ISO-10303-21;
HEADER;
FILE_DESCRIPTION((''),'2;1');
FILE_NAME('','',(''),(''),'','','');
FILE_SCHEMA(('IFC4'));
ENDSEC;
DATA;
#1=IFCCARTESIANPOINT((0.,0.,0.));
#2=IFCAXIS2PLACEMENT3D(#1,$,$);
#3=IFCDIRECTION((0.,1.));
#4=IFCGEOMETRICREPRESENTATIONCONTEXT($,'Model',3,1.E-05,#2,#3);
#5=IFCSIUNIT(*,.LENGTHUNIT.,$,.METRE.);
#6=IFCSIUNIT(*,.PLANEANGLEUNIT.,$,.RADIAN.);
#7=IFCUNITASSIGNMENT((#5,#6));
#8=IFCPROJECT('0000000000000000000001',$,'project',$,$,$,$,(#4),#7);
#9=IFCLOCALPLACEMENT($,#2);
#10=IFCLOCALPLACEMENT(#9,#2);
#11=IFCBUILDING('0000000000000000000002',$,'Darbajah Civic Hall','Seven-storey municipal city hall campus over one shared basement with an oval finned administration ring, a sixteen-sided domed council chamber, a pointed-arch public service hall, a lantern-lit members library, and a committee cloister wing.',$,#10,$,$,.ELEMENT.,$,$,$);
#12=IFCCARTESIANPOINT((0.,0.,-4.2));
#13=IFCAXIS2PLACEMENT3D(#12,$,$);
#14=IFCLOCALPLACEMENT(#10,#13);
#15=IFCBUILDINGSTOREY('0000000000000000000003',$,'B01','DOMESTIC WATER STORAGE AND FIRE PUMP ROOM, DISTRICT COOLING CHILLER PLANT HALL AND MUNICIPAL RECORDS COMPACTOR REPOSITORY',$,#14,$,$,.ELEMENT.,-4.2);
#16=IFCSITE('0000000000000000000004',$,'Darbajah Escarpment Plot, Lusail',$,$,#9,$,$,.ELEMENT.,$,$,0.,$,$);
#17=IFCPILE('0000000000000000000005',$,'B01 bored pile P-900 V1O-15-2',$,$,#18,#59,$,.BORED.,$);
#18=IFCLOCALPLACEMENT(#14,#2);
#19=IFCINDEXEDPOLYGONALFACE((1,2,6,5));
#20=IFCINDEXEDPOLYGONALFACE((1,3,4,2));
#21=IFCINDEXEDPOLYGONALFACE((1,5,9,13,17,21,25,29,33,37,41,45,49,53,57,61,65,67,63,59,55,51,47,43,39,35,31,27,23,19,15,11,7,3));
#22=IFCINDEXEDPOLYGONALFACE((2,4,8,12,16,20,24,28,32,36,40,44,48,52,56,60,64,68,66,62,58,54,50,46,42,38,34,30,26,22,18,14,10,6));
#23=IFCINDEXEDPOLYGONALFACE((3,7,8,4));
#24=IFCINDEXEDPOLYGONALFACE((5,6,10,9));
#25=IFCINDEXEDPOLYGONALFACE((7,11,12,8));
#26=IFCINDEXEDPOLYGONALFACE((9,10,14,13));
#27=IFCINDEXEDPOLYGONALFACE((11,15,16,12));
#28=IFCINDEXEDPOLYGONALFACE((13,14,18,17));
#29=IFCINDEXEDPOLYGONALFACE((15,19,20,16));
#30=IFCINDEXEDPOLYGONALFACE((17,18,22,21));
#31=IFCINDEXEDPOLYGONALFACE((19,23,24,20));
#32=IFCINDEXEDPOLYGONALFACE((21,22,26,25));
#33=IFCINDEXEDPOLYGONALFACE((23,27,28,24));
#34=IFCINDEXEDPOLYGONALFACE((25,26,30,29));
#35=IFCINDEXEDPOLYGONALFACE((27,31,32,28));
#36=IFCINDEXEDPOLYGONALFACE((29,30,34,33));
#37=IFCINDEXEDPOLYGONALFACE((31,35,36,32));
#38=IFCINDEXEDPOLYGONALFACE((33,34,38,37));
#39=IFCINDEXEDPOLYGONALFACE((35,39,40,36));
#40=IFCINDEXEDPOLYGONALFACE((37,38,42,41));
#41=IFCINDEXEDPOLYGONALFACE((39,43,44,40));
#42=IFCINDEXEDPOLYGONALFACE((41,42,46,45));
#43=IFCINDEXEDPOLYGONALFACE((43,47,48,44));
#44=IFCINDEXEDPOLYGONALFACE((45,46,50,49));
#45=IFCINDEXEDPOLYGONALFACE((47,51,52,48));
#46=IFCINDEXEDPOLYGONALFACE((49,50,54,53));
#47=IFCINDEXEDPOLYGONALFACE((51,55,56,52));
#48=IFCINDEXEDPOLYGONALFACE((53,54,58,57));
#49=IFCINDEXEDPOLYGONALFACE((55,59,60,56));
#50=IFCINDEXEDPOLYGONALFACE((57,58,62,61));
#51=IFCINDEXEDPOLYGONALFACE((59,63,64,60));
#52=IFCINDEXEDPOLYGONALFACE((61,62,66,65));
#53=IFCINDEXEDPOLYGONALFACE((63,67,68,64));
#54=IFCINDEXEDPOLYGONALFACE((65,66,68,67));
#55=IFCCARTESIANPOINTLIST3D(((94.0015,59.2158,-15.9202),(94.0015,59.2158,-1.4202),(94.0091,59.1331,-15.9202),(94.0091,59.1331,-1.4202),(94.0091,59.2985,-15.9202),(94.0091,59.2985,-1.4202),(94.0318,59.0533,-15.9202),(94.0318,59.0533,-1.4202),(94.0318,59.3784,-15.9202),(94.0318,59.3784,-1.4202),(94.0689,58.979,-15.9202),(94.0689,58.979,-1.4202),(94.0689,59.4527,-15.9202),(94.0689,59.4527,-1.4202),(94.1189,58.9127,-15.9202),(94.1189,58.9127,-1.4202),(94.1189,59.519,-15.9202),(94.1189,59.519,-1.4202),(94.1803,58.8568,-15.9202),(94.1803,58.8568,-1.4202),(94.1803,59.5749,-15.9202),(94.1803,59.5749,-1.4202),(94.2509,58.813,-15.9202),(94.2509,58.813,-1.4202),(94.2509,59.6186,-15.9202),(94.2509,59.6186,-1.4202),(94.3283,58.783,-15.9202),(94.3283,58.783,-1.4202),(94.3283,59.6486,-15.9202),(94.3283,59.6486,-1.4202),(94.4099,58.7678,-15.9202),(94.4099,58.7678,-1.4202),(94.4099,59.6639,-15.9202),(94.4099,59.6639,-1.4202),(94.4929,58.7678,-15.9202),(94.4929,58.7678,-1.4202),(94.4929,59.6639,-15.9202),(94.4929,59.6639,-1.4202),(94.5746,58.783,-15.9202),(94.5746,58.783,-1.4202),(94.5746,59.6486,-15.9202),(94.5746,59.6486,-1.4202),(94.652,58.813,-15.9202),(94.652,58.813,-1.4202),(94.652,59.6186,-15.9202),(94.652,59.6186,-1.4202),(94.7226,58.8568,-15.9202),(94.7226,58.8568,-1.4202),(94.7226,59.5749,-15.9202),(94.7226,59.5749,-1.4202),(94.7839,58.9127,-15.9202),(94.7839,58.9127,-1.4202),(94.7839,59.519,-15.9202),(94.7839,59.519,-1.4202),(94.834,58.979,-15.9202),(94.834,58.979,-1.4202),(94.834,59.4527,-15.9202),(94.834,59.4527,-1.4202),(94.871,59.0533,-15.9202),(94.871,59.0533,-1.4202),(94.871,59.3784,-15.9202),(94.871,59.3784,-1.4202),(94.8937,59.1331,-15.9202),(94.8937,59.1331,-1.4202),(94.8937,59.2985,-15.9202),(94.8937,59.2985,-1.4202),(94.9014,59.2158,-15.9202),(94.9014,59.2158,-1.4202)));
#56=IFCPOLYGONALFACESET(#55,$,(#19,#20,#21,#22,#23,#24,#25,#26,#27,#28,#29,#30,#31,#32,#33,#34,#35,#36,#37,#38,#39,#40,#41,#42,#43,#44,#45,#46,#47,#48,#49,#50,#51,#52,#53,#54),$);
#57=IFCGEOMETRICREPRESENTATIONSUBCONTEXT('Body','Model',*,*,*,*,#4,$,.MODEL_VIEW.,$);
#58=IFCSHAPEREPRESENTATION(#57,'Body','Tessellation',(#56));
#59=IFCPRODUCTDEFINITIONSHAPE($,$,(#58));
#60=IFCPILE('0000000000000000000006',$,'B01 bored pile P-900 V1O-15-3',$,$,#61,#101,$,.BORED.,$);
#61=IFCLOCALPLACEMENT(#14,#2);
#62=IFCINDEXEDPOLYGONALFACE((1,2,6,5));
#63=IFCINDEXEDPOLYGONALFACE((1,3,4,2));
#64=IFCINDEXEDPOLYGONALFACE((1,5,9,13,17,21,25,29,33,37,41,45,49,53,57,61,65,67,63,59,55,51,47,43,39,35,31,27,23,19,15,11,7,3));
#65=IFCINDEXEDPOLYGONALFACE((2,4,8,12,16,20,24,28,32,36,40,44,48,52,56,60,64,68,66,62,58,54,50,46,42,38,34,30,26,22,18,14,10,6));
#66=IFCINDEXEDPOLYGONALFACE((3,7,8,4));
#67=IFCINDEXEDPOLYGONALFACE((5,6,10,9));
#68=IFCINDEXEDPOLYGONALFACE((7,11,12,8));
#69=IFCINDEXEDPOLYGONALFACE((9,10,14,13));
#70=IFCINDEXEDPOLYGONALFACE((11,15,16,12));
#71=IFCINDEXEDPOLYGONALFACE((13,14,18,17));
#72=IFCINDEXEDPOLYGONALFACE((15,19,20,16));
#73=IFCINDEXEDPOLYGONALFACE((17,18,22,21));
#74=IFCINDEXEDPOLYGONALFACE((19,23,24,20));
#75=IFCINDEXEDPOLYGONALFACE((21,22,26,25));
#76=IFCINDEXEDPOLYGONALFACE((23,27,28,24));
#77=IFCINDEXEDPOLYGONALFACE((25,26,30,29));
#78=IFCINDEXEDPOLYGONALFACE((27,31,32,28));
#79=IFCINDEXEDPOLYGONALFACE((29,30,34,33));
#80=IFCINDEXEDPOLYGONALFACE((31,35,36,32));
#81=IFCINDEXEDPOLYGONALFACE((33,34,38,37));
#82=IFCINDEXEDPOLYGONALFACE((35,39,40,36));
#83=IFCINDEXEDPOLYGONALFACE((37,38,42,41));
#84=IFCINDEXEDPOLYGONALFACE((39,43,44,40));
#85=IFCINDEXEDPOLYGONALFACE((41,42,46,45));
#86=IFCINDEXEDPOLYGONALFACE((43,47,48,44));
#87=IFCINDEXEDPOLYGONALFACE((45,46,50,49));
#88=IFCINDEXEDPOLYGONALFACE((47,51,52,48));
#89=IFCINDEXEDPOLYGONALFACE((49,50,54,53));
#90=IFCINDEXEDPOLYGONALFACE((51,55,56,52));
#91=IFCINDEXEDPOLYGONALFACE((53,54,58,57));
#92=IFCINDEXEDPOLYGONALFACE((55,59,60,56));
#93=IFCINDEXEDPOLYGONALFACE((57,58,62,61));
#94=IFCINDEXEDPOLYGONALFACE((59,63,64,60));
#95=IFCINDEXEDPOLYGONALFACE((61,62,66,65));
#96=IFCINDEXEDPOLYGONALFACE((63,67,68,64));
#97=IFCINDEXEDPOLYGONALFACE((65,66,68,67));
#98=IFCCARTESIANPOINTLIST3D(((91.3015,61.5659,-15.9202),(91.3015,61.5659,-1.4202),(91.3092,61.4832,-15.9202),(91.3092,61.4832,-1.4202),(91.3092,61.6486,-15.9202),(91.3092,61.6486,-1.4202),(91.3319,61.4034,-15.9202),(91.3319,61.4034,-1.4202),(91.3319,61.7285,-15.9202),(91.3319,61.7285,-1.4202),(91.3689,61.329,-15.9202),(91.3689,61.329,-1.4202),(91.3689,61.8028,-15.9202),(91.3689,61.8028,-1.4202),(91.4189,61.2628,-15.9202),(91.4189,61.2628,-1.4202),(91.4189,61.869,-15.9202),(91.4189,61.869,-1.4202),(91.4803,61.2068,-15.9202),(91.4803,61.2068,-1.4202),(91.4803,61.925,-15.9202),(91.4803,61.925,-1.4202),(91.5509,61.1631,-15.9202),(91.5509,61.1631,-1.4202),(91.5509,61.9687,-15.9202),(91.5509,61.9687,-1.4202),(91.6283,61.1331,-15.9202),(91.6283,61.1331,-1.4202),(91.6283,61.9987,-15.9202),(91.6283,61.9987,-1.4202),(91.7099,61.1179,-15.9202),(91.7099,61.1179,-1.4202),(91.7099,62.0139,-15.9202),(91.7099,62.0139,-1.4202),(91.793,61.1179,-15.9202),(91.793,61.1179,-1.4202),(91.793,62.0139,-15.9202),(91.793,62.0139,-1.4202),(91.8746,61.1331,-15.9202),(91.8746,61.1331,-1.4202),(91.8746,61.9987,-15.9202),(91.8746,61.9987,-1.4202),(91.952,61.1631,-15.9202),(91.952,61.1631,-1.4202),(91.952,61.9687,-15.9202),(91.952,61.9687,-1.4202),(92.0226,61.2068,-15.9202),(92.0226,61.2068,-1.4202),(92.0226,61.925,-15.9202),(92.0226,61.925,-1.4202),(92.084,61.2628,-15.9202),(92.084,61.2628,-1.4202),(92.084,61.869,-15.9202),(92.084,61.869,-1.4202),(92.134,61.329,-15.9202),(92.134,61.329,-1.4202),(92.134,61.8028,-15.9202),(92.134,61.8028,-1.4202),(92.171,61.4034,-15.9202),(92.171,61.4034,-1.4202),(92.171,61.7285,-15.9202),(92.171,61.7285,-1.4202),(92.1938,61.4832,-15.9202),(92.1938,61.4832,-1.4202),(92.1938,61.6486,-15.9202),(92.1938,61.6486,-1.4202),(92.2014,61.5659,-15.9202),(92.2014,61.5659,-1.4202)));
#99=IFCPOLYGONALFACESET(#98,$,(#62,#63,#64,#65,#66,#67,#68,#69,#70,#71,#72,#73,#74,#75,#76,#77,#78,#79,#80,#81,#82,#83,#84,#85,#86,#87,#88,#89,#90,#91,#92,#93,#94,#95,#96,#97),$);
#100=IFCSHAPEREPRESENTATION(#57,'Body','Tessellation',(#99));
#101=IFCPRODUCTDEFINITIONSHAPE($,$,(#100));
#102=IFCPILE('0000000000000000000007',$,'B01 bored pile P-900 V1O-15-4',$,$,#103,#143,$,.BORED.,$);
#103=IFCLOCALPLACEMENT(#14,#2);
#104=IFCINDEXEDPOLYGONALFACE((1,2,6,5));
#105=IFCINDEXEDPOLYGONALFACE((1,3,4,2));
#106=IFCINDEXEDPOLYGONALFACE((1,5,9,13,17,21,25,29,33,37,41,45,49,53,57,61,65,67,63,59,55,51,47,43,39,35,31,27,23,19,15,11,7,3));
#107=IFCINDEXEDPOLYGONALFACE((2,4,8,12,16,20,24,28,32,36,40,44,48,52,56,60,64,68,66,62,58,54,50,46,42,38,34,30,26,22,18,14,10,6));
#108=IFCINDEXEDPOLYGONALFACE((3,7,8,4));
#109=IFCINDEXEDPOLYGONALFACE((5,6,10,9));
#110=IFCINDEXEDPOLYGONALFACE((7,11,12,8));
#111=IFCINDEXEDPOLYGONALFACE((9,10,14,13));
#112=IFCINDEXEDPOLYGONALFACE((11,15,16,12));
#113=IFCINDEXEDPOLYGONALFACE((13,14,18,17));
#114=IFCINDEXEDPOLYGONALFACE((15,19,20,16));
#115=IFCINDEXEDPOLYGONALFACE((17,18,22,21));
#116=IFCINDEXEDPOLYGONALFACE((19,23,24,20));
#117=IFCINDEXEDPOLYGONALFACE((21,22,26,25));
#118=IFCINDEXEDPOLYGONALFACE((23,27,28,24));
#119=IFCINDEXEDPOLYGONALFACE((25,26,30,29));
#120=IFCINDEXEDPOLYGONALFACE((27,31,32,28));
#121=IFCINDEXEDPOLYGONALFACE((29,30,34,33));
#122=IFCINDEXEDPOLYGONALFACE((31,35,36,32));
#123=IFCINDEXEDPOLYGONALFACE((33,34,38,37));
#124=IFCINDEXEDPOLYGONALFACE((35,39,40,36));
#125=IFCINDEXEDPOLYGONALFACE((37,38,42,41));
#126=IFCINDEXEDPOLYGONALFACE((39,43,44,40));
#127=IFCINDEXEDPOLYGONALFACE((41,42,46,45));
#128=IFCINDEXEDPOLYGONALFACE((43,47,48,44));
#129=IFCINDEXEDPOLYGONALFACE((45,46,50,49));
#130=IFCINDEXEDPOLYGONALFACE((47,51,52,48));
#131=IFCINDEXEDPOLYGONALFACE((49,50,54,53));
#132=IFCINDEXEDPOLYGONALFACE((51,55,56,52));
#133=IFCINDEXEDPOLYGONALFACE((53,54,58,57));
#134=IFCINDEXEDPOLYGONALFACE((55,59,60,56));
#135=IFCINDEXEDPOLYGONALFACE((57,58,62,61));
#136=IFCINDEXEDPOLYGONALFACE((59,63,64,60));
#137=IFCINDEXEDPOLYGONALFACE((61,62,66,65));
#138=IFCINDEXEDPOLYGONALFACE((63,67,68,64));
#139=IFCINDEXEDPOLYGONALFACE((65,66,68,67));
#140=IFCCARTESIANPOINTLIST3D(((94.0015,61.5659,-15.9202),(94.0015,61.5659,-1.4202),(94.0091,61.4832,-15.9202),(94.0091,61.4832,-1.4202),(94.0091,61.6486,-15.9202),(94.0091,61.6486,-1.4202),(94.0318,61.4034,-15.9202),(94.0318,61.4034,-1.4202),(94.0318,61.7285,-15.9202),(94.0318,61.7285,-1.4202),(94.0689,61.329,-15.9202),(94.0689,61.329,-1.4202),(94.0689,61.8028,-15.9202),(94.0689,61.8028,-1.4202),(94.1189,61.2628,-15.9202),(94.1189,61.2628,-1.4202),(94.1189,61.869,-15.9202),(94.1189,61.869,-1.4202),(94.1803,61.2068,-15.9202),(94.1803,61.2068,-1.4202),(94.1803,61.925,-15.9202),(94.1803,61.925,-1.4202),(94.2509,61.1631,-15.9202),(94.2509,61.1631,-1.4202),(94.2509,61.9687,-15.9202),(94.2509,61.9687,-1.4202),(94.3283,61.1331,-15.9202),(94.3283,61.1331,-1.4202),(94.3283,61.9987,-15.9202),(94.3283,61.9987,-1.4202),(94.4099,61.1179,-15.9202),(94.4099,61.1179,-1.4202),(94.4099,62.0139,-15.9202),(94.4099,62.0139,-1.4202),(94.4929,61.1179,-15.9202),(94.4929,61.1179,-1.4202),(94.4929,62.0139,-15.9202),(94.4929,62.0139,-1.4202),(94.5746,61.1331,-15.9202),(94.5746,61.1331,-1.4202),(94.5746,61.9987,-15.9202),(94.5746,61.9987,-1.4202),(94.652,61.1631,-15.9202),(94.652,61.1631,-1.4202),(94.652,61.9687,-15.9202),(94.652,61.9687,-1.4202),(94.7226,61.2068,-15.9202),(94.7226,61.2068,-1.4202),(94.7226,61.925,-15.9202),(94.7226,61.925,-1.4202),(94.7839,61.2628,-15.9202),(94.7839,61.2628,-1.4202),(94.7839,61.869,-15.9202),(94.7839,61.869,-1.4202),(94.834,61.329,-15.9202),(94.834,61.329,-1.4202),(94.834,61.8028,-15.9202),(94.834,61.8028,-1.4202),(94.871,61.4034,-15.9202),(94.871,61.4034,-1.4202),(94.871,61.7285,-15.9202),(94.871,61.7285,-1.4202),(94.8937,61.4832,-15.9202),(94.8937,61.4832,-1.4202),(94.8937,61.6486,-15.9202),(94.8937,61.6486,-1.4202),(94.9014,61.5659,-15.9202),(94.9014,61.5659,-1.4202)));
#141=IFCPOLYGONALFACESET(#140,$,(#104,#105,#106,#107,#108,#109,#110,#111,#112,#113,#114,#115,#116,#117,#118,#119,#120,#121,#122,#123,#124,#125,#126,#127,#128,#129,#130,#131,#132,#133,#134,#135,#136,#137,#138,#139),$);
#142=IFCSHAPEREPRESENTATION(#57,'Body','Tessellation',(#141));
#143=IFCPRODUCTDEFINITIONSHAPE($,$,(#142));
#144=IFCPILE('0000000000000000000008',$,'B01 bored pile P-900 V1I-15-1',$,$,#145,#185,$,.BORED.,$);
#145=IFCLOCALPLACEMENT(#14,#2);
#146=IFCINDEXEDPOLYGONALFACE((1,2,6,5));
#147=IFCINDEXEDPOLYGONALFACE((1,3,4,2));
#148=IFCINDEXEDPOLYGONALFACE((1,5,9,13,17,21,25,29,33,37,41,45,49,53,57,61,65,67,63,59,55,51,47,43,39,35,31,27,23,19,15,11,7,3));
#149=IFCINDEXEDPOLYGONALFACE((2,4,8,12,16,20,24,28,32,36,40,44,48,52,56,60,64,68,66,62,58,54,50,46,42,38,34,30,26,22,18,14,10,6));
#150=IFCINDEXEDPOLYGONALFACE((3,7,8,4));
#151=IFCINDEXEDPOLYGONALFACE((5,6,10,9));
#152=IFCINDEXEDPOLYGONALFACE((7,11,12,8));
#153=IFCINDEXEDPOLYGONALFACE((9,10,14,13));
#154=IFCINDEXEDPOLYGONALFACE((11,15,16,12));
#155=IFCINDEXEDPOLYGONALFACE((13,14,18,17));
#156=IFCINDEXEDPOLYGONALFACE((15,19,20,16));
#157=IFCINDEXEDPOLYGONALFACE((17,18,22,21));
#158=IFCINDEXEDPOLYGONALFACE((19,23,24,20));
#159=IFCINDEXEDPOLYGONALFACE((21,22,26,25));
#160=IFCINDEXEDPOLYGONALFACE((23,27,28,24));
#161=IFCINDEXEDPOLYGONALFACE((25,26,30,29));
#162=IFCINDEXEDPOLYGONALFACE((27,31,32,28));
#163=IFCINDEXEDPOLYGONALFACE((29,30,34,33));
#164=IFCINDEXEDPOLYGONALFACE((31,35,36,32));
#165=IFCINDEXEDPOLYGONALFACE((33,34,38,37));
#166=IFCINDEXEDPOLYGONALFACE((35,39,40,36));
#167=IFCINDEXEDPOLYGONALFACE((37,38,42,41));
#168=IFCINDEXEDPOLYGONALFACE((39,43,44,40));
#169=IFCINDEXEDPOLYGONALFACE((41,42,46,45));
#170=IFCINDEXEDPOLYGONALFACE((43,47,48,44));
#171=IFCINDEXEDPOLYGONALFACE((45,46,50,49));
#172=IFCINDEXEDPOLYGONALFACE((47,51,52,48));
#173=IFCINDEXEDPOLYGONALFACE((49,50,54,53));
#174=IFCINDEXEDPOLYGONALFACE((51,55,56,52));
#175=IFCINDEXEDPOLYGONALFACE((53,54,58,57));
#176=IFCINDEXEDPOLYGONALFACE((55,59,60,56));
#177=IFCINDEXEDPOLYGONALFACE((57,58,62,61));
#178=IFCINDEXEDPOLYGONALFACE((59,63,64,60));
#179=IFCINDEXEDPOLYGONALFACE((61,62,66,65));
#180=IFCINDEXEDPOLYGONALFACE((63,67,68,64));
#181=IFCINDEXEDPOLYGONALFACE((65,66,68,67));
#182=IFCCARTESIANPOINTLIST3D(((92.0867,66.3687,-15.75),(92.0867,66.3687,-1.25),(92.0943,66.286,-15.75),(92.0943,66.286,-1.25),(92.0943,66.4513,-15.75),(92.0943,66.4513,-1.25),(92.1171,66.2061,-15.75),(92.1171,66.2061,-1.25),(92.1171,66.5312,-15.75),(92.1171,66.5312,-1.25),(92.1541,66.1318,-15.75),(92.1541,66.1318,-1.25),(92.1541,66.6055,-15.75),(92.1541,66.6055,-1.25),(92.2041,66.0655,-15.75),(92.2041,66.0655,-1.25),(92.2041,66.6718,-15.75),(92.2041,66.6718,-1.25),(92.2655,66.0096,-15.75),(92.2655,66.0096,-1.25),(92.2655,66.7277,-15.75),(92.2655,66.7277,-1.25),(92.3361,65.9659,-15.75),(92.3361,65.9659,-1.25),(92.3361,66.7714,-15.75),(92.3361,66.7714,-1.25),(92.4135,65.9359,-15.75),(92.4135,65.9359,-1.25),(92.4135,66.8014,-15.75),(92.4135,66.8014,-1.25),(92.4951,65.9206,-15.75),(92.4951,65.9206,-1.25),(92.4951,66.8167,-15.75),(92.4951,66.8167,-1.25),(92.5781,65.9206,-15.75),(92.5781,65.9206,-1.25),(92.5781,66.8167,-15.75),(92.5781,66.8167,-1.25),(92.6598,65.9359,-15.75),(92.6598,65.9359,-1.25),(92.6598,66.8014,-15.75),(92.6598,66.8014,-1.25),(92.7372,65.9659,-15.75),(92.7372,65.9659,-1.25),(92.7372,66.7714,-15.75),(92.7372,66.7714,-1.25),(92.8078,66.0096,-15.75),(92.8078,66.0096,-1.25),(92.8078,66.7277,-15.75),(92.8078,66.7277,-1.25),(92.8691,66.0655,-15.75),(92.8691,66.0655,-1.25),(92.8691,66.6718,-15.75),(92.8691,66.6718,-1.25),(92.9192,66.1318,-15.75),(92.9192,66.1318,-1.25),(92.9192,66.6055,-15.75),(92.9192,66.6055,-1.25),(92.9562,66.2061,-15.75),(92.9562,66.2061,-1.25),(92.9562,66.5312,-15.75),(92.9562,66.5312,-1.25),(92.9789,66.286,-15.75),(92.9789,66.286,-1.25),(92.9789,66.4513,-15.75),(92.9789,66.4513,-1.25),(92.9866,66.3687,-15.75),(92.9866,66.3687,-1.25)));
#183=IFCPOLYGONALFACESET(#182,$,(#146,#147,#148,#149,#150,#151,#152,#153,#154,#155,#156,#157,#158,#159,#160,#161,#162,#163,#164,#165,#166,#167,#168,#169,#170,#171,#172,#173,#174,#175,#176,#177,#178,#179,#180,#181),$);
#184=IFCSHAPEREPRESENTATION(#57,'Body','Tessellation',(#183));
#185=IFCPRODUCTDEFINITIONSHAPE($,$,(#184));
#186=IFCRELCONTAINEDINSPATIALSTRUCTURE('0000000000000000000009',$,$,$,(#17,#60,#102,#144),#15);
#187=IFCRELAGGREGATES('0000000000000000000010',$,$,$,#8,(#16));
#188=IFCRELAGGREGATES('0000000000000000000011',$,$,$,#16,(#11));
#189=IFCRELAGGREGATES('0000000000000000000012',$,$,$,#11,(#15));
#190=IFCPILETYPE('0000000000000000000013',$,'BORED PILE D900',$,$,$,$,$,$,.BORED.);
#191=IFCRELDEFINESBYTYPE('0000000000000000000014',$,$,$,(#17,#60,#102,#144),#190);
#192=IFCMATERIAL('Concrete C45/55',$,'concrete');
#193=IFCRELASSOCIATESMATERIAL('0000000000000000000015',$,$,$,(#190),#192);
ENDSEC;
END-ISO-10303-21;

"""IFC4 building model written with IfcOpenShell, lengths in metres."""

from ifc_helpers import new_model, si_unit, direction, frame, origin, origin_2d, place, context, subcontext, project, spatial, circle, extrude, material, material_profile, profile_set, type_object, element, save


model = new_model("IFC4")

# Units and contexts
model_context = context("Model", 3, precision=1e-05, world=origin(), true_north=direction((0.0, 1.0)))
body_context = subcontext(model_context, "Body", "Model", "MODEL_VIEW")
ifc_project = project(units=[si_unit("LENGTHUNIT", "METRE"), si_unit("PLANEANGLEUNIT", "RADIAN")], contexts=[model_context])

# Site, building, storey
site_placement = place(None, origin())
site = spatial("IfcSite", under=ifc_project, at=site_placement, Name="Darbajah Escarpment Plot, Lusail", CompositionType="ELEMENT", RefElevation=0.0)
building_placement = place(site_placement, origin())
building = spatial("IfcBuilding", under=site, at=building_placement, Name="Darbajah Civic Hall", Description="Seven-storey municipal city hall campus over one shared basement with an oval finned administration ring, a sixteen-sided domed council chamber, a pointed-arch public service hall, a lantern-lit members library, and a committee cloister wing.", CompositionType="ELEMENT")
storey_placement = place(building_placement, frame((0.0, 0.0, -4.2)))
storey = spatial("IfcBuildingStorey", under=building, at=storey_placement, Name="B01", Description="DOMESTIC WATER STORAGE AND FIRE PUMP ROOM, DISTRICT COOLING CHILLER PLANT HALL AND MUNICIPAL RECORDS COMPACTOR REPOSITORY", CompositionType="ELEMENT", Elevation=-4.2)

# Piles
ifc_material_1 = material(Name="Concrete C45/55", Category="concrete")
ifc_material_profile_1 = material_profile(ifc_material_1, circle(Radius=0.45, at=origin_2d()), Name="BORED PILE D900")
ifc_profile_set_1 = profile_set([ifc_material_profile_1], Name="Concrete C45/55")
pile_type_1 = type_object("IfcPileType", Name="BORED PILE D900", PredefinedType="BORED", material=ifc_profile_set_1)
for number, where, z_axis, x_axis, name in (
    (1, (94.4514, 59.2158, -1.4202), (0.0, 0.0, -1.0), (1.0, 0.0, 0.0), "B01 bored pile P-900 V1O-15-2"),
    (2, (91.7515, 61.5659, -1.4202), (0.0, 0.0, -1.0), (1.0, 0.0, 0.0), "B01 bored pile P-900 V1O-15-3"),
    (3, (94.4514, 61.5659, -1.4202), (0.0, 0.0, -1.0), (1.0, 0.0, 0.0), "B01 bored pile P-900 V1O-15-4"),
    (4, (92.5366, 66.3687, -1.25), (0.0, 0.0, -1.0), (1.0, 0.0, 0.0), "B01 bored pile P-900 V1I-15-1"),
):
    element("IfcPile", number, at=place(storey_placement, frame(where, z_axis=z_axis, x_axis=x_axis)), inside=storey, type_object=pile_type_1, Name=name, PredefinedType="BORED", context=body_context, shape_type="SweptSolid", body=[
        extrude(circle(Radius=0.45, at=origin_2d()), origin(), (0.0, 0.0, 1.0), 14.5),
    ])

save(model, "model.ifc")
